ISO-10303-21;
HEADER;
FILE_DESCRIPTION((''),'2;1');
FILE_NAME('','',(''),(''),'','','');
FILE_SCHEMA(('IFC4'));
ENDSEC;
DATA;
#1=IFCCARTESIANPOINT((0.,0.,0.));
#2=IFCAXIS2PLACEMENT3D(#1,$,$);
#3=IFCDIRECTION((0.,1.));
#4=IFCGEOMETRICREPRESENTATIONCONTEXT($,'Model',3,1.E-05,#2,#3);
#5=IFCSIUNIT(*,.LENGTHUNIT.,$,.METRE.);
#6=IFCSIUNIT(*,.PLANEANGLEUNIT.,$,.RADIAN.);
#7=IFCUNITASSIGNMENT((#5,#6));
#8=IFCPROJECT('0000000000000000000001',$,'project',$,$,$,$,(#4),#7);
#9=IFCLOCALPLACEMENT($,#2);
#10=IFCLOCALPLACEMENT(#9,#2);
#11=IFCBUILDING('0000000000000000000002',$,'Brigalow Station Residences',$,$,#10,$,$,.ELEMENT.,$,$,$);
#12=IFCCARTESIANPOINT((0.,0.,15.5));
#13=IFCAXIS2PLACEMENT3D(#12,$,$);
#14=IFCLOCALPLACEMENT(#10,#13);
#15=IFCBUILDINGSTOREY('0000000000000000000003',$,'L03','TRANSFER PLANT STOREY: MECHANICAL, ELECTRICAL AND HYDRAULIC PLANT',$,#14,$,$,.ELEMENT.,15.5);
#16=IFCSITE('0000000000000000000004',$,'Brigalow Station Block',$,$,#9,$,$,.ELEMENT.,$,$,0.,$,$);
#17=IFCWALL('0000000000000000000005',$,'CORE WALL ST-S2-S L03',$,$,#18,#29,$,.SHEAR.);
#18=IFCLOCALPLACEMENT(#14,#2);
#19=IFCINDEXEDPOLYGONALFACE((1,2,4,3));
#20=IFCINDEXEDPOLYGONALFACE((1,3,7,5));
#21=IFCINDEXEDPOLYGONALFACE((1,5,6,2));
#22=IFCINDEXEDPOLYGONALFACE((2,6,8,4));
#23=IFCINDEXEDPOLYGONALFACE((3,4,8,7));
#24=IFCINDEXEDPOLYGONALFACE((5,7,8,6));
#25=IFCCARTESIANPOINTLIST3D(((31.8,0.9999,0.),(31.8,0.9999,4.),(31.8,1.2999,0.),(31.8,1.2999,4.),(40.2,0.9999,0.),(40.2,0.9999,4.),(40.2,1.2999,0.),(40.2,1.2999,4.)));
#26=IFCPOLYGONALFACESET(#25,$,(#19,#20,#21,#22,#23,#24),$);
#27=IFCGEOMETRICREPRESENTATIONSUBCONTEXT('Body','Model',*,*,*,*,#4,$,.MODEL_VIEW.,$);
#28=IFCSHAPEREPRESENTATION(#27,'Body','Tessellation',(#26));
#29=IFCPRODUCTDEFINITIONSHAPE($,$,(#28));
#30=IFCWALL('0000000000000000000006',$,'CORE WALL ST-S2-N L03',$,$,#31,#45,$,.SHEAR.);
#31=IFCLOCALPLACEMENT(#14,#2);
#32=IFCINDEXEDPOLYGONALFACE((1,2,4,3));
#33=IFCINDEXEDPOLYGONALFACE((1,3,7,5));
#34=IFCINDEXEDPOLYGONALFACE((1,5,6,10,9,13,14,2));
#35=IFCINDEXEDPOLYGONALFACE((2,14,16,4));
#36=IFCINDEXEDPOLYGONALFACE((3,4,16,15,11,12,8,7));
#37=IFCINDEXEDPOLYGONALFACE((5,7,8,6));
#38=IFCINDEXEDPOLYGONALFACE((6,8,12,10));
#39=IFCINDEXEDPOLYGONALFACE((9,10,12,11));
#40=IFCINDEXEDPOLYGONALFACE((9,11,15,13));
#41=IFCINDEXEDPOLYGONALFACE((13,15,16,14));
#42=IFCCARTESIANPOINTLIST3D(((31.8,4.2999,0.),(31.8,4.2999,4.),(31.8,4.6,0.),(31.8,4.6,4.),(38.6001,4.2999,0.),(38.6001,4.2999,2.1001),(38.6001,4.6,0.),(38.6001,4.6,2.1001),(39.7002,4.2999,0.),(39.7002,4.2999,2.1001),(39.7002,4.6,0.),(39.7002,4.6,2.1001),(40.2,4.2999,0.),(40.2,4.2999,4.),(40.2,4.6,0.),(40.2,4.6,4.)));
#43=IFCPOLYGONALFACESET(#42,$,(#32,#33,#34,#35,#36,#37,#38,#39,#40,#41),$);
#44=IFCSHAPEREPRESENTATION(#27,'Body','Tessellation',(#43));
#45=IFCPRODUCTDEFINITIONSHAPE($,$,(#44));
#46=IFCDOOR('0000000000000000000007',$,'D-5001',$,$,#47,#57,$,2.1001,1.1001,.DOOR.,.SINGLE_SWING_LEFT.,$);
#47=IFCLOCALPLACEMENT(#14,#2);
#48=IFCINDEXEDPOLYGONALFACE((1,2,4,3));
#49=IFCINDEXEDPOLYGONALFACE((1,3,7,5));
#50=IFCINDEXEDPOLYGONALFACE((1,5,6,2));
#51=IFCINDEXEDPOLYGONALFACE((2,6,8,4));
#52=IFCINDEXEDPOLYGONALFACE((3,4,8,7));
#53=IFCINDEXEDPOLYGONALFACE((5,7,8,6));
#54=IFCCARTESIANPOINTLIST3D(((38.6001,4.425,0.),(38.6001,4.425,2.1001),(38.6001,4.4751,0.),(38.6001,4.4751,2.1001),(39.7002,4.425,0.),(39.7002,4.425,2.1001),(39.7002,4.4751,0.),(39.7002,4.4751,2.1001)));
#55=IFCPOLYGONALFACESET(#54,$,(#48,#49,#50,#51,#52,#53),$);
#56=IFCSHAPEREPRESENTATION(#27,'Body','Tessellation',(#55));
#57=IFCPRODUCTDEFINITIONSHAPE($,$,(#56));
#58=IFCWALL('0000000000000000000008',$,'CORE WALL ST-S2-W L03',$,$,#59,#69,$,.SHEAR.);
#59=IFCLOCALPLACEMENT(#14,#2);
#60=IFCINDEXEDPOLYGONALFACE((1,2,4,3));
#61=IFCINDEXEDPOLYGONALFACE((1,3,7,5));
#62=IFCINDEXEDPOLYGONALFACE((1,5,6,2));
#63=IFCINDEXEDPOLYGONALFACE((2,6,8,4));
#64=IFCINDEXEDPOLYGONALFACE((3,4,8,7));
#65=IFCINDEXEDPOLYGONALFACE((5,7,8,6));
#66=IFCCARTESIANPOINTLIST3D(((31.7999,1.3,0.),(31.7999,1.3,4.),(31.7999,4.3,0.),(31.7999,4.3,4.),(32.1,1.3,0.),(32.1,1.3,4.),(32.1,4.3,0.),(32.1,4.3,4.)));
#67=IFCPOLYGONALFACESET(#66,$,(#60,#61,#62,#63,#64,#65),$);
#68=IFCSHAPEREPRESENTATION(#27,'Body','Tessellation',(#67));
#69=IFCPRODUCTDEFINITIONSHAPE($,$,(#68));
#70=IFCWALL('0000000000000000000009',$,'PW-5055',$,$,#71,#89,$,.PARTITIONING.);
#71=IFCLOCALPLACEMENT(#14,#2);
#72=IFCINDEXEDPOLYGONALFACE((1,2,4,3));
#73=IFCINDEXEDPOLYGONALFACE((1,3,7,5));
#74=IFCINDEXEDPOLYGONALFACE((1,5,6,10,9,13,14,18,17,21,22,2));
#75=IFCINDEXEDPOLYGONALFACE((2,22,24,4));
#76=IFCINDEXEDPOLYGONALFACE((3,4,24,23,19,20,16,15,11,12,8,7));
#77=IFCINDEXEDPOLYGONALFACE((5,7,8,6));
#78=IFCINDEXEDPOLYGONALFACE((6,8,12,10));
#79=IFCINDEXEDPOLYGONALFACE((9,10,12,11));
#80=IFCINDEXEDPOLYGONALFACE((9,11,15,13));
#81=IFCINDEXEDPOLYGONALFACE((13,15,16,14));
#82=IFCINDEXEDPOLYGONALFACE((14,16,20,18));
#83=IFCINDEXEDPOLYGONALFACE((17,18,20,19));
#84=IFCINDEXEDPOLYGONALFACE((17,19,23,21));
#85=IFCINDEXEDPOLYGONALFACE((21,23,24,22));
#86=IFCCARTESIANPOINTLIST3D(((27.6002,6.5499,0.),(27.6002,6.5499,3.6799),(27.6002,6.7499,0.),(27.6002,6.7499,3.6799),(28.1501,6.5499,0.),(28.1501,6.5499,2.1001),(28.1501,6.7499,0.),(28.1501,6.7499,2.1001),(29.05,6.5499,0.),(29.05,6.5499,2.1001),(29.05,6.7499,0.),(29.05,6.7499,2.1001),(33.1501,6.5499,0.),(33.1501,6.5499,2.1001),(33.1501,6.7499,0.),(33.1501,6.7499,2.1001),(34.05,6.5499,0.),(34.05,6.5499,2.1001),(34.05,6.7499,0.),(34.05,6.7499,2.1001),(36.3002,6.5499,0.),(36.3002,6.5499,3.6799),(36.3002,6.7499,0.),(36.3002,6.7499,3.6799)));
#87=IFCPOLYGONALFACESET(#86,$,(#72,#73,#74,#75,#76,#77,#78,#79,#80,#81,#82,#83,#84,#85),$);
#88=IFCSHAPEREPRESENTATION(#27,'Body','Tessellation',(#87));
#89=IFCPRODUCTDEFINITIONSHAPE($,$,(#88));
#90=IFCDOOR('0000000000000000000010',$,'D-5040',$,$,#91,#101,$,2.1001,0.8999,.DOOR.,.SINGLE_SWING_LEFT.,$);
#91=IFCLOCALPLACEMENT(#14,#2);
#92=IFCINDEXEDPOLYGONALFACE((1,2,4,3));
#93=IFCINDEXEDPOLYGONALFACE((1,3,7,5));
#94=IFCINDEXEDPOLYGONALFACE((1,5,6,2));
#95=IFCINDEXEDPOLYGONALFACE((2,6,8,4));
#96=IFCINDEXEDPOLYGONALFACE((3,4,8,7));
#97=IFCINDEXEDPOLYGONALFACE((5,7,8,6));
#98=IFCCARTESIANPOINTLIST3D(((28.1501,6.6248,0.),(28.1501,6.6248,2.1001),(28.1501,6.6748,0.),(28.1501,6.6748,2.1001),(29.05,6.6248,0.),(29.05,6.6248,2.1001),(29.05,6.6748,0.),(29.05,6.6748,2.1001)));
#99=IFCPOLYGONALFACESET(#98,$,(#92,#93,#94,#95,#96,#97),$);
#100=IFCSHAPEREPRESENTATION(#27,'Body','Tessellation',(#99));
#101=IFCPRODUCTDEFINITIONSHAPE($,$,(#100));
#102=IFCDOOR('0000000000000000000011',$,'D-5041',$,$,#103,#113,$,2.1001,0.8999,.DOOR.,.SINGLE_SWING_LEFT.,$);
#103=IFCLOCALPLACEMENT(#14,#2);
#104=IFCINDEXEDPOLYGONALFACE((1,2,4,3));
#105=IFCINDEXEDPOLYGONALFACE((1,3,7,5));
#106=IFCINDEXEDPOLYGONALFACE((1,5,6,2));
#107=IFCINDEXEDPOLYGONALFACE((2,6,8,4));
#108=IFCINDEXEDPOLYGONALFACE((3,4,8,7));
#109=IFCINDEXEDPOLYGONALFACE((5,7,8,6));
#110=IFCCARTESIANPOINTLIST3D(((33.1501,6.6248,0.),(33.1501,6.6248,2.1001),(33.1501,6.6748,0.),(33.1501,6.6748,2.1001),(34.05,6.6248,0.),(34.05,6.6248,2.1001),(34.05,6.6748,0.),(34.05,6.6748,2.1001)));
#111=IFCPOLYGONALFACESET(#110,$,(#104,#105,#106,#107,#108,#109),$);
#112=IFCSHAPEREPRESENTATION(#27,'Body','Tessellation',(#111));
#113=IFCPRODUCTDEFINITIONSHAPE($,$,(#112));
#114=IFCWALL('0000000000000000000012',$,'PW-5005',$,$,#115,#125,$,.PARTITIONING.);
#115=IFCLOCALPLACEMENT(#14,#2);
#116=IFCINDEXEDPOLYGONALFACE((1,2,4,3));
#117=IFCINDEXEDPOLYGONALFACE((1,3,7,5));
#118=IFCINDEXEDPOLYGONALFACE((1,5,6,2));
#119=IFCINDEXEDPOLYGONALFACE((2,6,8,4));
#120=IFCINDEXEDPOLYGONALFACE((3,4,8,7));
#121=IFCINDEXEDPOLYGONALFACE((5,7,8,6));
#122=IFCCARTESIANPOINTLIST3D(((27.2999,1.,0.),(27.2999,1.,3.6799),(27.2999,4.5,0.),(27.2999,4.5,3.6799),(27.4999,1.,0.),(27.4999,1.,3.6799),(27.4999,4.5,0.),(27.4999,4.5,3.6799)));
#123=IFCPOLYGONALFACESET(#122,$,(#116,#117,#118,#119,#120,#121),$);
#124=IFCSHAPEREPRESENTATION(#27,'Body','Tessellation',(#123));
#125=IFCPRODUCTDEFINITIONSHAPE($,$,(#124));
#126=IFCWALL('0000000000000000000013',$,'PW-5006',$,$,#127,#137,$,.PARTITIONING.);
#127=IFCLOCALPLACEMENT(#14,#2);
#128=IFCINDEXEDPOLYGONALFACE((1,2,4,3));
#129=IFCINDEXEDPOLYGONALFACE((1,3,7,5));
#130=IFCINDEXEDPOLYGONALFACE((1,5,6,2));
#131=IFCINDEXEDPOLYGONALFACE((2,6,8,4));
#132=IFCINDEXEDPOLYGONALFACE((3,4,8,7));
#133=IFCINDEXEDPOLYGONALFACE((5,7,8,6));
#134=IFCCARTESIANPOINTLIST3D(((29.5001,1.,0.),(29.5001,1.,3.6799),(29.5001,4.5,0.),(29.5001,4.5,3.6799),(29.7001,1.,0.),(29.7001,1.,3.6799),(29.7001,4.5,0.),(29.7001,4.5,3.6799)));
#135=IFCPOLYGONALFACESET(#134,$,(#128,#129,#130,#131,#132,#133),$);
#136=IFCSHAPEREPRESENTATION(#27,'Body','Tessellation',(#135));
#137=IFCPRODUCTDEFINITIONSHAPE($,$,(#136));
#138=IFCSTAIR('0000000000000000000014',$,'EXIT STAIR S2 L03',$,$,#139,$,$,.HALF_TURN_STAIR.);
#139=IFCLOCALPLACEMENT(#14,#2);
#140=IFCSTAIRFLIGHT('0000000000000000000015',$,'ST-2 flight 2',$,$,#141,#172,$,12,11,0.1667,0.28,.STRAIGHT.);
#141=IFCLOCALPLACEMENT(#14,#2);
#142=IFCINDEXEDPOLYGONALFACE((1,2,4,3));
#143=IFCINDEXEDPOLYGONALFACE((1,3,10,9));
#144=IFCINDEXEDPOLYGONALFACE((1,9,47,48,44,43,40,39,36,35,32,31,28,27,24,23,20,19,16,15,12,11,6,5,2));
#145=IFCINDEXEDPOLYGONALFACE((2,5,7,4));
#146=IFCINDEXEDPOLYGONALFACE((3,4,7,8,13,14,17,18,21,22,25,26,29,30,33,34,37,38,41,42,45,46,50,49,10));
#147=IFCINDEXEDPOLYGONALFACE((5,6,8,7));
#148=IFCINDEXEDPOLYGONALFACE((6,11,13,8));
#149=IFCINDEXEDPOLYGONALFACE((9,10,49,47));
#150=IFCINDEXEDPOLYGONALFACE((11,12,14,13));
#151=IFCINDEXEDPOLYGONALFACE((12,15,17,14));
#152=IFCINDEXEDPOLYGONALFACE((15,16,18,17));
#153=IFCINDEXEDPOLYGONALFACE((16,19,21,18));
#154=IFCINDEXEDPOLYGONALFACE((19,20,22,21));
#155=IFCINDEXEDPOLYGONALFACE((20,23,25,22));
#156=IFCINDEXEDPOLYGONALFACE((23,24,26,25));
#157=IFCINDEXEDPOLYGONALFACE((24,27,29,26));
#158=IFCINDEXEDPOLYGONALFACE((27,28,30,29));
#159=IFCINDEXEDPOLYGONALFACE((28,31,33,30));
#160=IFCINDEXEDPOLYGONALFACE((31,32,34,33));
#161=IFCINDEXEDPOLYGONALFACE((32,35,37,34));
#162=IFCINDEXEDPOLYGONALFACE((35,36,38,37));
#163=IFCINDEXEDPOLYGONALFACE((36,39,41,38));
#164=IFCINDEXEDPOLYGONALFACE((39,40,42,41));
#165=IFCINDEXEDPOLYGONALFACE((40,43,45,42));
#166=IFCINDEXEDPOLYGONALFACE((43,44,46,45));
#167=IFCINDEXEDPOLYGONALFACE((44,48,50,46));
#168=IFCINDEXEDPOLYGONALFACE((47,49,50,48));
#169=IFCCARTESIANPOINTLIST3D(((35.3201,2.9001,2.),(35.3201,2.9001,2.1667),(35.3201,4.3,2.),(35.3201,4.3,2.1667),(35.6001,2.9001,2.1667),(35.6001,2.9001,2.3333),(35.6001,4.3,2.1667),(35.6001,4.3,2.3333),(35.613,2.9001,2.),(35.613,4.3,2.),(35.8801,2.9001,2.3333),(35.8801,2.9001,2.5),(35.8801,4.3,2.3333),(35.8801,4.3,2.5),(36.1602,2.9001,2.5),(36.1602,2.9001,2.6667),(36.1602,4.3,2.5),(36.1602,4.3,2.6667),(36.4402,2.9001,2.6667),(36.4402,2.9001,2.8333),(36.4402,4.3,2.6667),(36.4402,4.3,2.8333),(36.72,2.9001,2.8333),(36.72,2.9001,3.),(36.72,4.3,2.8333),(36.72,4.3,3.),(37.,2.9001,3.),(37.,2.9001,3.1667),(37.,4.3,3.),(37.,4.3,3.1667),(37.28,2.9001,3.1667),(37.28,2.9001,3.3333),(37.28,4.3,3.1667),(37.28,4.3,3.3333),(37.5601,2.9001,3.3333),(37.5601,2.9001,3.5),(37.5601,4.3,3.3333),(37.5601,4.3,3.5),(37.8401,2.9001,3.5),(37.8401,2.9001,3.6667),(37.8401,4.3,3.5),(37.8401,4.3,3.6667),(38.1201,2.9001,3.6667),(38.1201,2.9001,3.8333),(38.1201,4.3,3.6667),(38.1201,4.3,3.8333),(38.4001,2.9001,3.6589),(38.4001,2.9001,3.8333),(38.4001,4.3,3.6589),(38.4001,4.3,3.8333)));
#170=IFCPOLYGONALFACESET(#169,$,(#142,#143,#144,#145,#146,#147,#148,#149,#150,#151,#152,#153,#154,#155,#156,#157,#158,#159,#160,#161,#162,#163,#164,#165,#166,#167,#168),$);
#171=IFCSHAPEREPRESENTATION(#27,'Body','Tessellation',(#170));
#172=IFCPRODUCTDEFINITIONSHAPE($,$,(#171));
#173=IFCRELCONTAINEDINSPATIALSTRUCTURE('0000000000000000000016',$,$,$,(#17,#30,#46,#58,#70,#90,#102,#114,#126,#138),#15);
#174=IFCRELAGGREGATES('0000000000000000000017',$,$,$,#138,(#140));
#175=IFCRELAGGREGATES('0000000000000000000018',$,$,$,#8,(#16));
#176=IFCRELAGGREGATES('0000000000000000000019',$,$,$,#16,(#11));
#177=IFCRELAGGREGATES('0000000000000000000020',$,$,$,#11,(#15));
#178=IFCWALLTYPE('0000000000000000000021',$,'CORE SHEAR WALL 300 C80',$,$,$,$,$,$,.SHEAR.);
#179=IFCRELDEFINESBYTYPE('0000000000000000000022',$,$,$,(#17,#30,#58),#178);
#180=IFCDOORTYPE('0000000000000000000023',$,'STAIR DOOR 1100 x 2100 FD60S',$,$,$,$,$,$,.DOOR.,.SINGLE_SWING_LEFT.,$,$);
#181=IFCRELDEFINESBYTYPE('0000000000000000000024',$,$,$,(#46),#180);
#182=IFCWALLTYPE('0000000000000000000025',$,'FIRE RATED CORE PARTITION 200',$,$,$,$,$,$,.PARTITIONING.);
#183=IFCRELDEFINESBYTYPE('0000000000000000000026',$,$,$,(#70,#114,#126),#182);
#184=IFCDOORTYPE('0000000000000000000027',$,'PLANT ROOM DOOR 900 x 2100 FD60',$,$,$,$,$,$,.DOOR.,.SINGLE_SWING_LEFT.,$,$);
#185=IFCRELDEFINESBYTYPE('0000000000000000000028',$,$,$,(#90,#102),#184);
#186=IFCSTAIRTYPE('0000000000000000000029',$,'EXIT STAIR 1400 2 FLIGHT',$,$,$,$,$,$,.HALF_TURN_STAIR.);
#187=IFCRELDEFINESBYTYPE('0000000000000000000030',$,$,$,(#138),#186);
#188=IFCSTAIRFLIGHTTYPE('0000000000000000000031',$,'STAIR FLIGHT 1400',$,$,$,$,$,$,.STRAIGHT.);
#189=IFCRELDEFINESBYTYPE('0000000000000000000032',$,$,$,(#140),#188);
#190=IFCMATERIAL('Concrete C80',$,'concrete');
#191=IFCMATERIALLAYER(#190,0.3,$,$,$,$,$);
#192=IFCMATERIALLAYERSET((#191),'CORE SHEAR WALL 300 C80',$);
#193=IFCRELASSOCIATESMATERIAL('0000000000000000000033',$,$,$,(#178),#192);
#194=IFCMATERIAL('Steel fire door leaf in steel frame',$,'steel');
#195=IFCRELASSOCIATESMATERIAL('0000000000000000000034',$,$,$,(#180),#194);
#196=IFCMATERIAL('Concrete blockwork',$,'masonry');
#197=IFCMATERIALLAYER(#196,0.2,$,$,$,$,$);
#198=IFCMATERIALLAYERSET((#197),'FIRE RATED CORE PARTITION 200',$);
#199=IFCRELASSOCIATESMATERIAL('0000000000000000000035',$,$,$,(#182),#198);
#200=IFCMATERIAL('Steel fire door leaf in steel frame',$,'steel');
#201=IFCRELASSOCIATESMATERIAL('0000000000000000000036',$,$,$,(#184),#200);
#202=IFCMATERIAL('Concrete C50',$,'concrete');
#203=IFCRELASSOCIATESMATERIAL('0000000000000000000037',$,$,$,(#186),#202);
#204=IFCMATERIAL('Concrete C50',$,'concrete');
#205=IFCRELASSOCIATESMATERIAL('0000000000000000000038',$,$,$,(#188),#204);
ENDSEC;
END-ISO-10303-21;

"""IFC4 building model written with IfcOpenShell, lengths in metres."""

from ifc_helpers import new_model, si_unit, direction, frame, frame_2d, origin, place, context, subcontext, project, spatial, polyline, rectangle, outline, extrude, material, layer, layer_set, type_object, element, fill, aggregate, save


model = new_model("IFC4")

# Units and contexts
model_context = context("Model", 3, precision=1e-05, world=origin(), true_north=direction((0.0, 1.0)))
body_context = subcontext(model_context, "Body", "Model", "MODEL_VIEW")
ifc_project = project(units=[si_unit("LENGTHUNIT", "METRE"), si_unit("PLANEANGLEUNIT", "RADIAN")], contexts=[model_context])

# Site, building, storey
site_placement = place(None, origin())
site = spatial("IfcSite", under=ifc_project, at=site_placement, Name="Brigalow Station Block", CompositionType="ELEMENT", RefElevation=0.0)
building_placement = place(site_placement, origin())
building = spatial("IfcBuilding", under=site, at=building_placement, Name="Brigalow Station Residences", CompositionType="ELEMENT")
storey_placement = place(building_placement, frame((0.0, 0.0, 15.5)))
storey = spatial("IfcBuildingStorey", under=building, at=storey_placement, Name="L03", Description="TRANSFER PLANT STOREY: MECHANICAL, ELECTRICAL AND HYDRAULIC PLANT", CompositionType="ELEMENT", Elevation=15.5)

# Wall
ifc_material_1 = material(Name="Concrete C80", Category="concrete")
ifc_layer_1 = layer(ifc_material_1, 0.3)
ifc_layer_set_1 = layer_set([ifc_layer_1], Name="CORE SHEAR WALL 300 C80")
wall_type_1 = type_object("IfcWallType", Name="CORE SHEAR WALL 300 C80", PredefinedType="SHEAR", material=ifc_layer_set_1)
wall_1_placement = place(storey_placement, frame((31.8, 1.1499, 0.0), z_axis=(0.0, 0.0, 1.0), x_axis=(1.0, 0.0, 0.0)))
element("IfcWall", 1, at=wall_1_placement, inside=storey, type_object=wall_type_1, Name="CORE WALL ST-S2-S L03", PredefinedType="SHEAR", context=body_context, shape_type="SweptSolid", body=[
    extrude(rectangle(XDim=8.3999, YDim=0.3, at=frame_2d((4.2, 0.0))), origin(), (0.0, 0.0, 1.0), 4.0),
])

# Wall, opening, door
wall_2_placement = place(storey_placement, frame((31.8, 4.45, 0.0), z_axis=(0.0, 0.0, 1.0), x_axis=(1.0, 0.0, 0.0)))
wall_2 = element("IfcWall", 2, at=wall_2_placement, inside=storey, type_object=wall_type_1, Name="CORE WALL ST-S2-N L03", PredefinedType="SHEAR", context=body_context, shape_type="SweptSolid", body=[
    extrude(rectangle(XDim=8.3999, YDim=0.3, at=frame_2d((4.2, 0.0))), origin(), (0.0, 0.0, 1.0), 4.0),
])
opening_1_placement = place(wall_2_placement, frame((6.8, 0.0, 0.0)))
opening_1 = element("IfcOpeningElement", 3, at=opening_1_placement, cuts=wall_2, PredefinedType="OPENING", context=body_context, shape_type="SweptSolid", body=[
    extrude(rectangle(XDim=1.1001, YDim=2.1001, at=frame_2d((0.55, 1.05))), frame((0.0, 0.1602, 0.0), z_axis=(0.0, -1.0, 0.0), x_axis=(1.0, 0.0, 0.0)), (0.0, 0.0, 1.0), 0.3201),
])
ifc_material_2 = material(Name="Steel fire door leaf in steel frame", Category="steel")
door_type_1 = type_object("IfcDoorType", Name="STAIR DOOR 1100 x 2100 FD60S", OperationType="SINGLE_SWING_LEFT", PredefinedType="DOOR", material=ifc_material_2)
door_1_placement = place(opening_1_placement, frame((1.1001, 0.0, 0.0), z_axis=(0.0, 0.0, 1.0), x_axis=(-1.0, 0.0, 0.0)))
door_1 = element("IfcDoor", 4, at=door_1_placement, inside=storey, type_object=door_type_1, Name="D-5001", OperationType="SINGLE_SWING_LEFT", OverallHeight=2.1001, OverallWidth=1.1001, PredefinedType="DOOR", context=body_context, shape_type="SweptSolid", body=[
    extrude(rectangle(XDim=1.1001, YDim=2.1001, at=frame_2d((0.55, 1.05))), frame((0.0, 0.0249, 0.0), z_axis=(0.0, -1.0, 0.0), x_axis=(1.0, 0.0, 0.0)), (0.0, 0.0, 1.0), 0.05),
])
fill(opening_1, door_1)

# Wall
wall_3_placement = place(storey_placement, frame((31.95, 1.3, 0.0), z_axis=(0.0, 0.0, 1.0), x_axis=(0.0, 1.0, 0.0)))
element("IfcWall", 5, at=wall_3_placement, inside=storey, type_object=wall_type_1, Name="CORE WALL ST-S2-W L03", PredefinedType="SHEAR", context=body_context, shape_type="SweptSolid", body=[
    extrude(rectangle(XDim=3.0, YDim=0.3, at=frame_2d((1.5, 0.0))), origin(), (0.0, 0.0, 1.0), 4.0),
])

# Wall, openings, doors
ifc_material_3 = material(Name="Concrete blockwork", Category="masonry")
ifc_layer_2 = layer(ifc_material_3, 0.2)
ifc_layer_set_2 = layer_set([ifc_layer_2], Name="FIRE RATED CORE PARTITION 200")
wall_type_2 = type_object("IfcWallType", Name="FIRE RATED CORE PARTITION 200", PredefinedType="PARTITIONING", material=ifc_layer_set_2)
wall_4_placement = place(storey_placement, frame((27.6001, 6.6499, 0.0), z_axis=(0.0, 0.0, 1.0), x_axis=(1.0, 0.0, 0.0)))
wall_4 = element("IfcWall", 6, at=wall_4_placement, inside=storey, type_object=wall_type_2, Name="PW-5055", PredefinedType="PARTITIONING", context=body_context, shape_type="SweptSolid", body=[
    extrude(rectangle(XDim=8.7, YDim=0.2, at=frame_2d((4.3501, 0.0))), origin(), (0.0, 0.0, 1.0), 3.6799),
])
opening_2_placement = place(wall_4_placement, frame((0.55, 0.0, 0.0)))
opening_2 = element("IfcOpeningElement", 7, at=opening_2_placement, cuts=wall_4, PredefinedType="OPENING", context=body_context, shape_type="SweptSolid", body=[
    extrude(rectangle(XDim=0.8999, YDim=2.1001, at=frame_2d((0.45, 1.05))), frame((0.0, 0.1099, 0.0), z_axis=(0.0, -1.0, 0.0), x_axis=(1.0, 0.0, 0.0)), (0.0, 0.0, 1.0), 0.22),
])
opening_3_placement = place(wall_4_placement, frame((5.55, 0.0, 0.0)))
opening_3 = element("IfcOpeningElement", 8, at=opening_3_placement, cuts=wall_4, PredefinedType="OPENING", context=body_context, shape_type="SweptSolid", body=[
    extrude(rectangle(XDim=0.8999, YDim=2.1001, at=frame_2d((0.45, 1.05))), frame((0.0, 0.1099, 0.0), z_axis=(0.0, -1.0, 0.0), x_axis=(1.0, 0.0, 0.0)), (0.0, 0.0, 1.0), 0.22),
])
ifc_material_4 = material(Name="Steel fire door leaf in steel frame", Category="steel")
door_type_2 = type_object("IfcDoorType", Name="PLANT ROOM DOOR 900 x 2100 FD60", OperationType="SINGLE_SWING_LEFT", PredefinedType="DOOR", material=ifc_material_4)
door_2_placement = place(opening_2_placement, origin())
door_2 = element("IfcDoor", 9, at=door_2_placement, inside=storey, type_object=door_type_2, Name="D-5040", OperationType="SINGLE_SWING_LEFT", OverallHeight=2.1001, OverallWidth=0.8999, PredefinedType="DOOR", context=body_context, shape_type="SweptSolid", body=[
    extrude(rectangle(XDim=0.8999, YDim=2.1001, at=frame_2d((0.45, 1.05))), frame((0.0, 0.0249, 0.0), z_axis=(0.0, -1.0, 0.0), x_axis=(1.0, 0.0, 0.0)), (0.0, 0.0, 1.0), 0.05),
])
fill(opening_2, door_2)
door_3_placement = place(opening_3_placement, origin())
door_3 = element("IfcDoor", 10, at=door_3_placement, inside=storey, type_object=door_type_2, Name="D-5041", OperationType="SINGLE_SWING_LEFT", OverallHeight=2.1001, OverallWidth=0.8999, PredefinedType="DOOR", context=body_context, shape_type="SweptSolid", body=[
    extrude(rectangle(XDim=0.8999, YDim=2.1001, at=frame_2d((0.45, 1.05))), frame((0.0, 0.0249, 0.0), z_axis=(0.0, -1.0, 0.0), x_axis=(1.0, 0.0, 0.0)), (0.0, 0.0, 1.0), 0.05),
])
fill(opening_3, door_3)

# Walls
for number, where, z_axis, x_axis, name in (
    (11, (27.3999, 1.0, 0.0), (0.0, 0.0, 1.0), (0.0, 1.0, 0.0), "PW-5005"),
    (12, (29.6001, 1.0, 0.0), (0.0, 0.0, 1.0), (0.0, 1.0, 0.0), "PW-5006"),
):
    element("IfcWall", number, at=place(storey_placement, frame(where, z_axis=z_axis, x_axis=x_axis)), inside=storey, type_object=wall_type_2, Name=name, PredefinedType="PARTITIONING", context=body_context, shape_type="SweptSolid", body=[
        extrude(rectangle(XDim=3.5, YDim=0.2, at=frame_2d((1.75, 0.0))), origin(), (0.0, 0.0, 1.0), 3.6799),
    ])

# Stair, stair flight
ifc_material_5 = material(Name="Concrete C50", Category="concrete")
stair_type = type_object("IfcStairType", Name="EXIT STAIR 1400 2 FLIGHT", PredefinedType="HALF_TURN_STAIR", material=ifc_material_5)
stair_placement = place(storey_placement, origin())
stair = element("IfcStair", 13, at=stair_placement, inside=storey, type_object=stair_type, Name="EXIT STAIR S2 L03", PredefinedType="HALF_TURN_STAIR")
ifc_material_6 = material(Name="Concrete C50", Category="concrete")
stair_flight_type = type_object("IfcStairFlightType", Name="STAIR FLIGHT 1400", PredefinedType="STRAIGHT", material=ifc_material_6)
stair_flight_placement = place(storey_placement, frame((35.3201, 3.6001, 2.0), z_axis=(0.0, 0.0, 1.0), x_axis=(1.0, 0.0, 0.0)))
stair_flight = element("IfcStairFlight", 14, at=stair_flight_placement, type_object=stair_flight_type, Name="ST-2 flight 2", NumberOfRisers=12, NumberOfTreads=11, PredefinedType="STRAIGHT", RiserHeight=0.1667, TreadLength=0.28, context=body_context, shape_type="SweptSolid", body=[
    extrude(outline(polyline([(0.0, 0.0), (0.0, 0.1667), (0.28, 0.1667), (0.28, 0.3333), (0.5601, 0.3333), (0.5601, 0.5), (0.8401, 0.5), (0.8401, 0.6667), (1.1201, 0.6667), (1.1201, 0.8333), (1.3999, 0.8333), (1.3999, 1.0), (1.6799, 1.0), (1.6799, 1.1667), (1.96, 1.1667), (1.96, 1.3333), (2.24, 1.3333), (2.24, 1.5), (2.52, 1.5), (2.52, 1.6667), (2.8, 1.6667), (2.8, 1.8333), (3.0801, 1.8333), (3.0801, 2.0), (3.0801, 1.6589), (0.293, 0.0), (0.0, 0.0)])), frame((0.0, 0.7, 0.0), z_axis=(0.0, -1.0, 0.0), x_axis=(1.0, 0.0, 0.0)), (0.0, 0.0, 1.0), 1.3999),
])
aggregate(stair, [stair_flight])

save(model, "model.ifc")
